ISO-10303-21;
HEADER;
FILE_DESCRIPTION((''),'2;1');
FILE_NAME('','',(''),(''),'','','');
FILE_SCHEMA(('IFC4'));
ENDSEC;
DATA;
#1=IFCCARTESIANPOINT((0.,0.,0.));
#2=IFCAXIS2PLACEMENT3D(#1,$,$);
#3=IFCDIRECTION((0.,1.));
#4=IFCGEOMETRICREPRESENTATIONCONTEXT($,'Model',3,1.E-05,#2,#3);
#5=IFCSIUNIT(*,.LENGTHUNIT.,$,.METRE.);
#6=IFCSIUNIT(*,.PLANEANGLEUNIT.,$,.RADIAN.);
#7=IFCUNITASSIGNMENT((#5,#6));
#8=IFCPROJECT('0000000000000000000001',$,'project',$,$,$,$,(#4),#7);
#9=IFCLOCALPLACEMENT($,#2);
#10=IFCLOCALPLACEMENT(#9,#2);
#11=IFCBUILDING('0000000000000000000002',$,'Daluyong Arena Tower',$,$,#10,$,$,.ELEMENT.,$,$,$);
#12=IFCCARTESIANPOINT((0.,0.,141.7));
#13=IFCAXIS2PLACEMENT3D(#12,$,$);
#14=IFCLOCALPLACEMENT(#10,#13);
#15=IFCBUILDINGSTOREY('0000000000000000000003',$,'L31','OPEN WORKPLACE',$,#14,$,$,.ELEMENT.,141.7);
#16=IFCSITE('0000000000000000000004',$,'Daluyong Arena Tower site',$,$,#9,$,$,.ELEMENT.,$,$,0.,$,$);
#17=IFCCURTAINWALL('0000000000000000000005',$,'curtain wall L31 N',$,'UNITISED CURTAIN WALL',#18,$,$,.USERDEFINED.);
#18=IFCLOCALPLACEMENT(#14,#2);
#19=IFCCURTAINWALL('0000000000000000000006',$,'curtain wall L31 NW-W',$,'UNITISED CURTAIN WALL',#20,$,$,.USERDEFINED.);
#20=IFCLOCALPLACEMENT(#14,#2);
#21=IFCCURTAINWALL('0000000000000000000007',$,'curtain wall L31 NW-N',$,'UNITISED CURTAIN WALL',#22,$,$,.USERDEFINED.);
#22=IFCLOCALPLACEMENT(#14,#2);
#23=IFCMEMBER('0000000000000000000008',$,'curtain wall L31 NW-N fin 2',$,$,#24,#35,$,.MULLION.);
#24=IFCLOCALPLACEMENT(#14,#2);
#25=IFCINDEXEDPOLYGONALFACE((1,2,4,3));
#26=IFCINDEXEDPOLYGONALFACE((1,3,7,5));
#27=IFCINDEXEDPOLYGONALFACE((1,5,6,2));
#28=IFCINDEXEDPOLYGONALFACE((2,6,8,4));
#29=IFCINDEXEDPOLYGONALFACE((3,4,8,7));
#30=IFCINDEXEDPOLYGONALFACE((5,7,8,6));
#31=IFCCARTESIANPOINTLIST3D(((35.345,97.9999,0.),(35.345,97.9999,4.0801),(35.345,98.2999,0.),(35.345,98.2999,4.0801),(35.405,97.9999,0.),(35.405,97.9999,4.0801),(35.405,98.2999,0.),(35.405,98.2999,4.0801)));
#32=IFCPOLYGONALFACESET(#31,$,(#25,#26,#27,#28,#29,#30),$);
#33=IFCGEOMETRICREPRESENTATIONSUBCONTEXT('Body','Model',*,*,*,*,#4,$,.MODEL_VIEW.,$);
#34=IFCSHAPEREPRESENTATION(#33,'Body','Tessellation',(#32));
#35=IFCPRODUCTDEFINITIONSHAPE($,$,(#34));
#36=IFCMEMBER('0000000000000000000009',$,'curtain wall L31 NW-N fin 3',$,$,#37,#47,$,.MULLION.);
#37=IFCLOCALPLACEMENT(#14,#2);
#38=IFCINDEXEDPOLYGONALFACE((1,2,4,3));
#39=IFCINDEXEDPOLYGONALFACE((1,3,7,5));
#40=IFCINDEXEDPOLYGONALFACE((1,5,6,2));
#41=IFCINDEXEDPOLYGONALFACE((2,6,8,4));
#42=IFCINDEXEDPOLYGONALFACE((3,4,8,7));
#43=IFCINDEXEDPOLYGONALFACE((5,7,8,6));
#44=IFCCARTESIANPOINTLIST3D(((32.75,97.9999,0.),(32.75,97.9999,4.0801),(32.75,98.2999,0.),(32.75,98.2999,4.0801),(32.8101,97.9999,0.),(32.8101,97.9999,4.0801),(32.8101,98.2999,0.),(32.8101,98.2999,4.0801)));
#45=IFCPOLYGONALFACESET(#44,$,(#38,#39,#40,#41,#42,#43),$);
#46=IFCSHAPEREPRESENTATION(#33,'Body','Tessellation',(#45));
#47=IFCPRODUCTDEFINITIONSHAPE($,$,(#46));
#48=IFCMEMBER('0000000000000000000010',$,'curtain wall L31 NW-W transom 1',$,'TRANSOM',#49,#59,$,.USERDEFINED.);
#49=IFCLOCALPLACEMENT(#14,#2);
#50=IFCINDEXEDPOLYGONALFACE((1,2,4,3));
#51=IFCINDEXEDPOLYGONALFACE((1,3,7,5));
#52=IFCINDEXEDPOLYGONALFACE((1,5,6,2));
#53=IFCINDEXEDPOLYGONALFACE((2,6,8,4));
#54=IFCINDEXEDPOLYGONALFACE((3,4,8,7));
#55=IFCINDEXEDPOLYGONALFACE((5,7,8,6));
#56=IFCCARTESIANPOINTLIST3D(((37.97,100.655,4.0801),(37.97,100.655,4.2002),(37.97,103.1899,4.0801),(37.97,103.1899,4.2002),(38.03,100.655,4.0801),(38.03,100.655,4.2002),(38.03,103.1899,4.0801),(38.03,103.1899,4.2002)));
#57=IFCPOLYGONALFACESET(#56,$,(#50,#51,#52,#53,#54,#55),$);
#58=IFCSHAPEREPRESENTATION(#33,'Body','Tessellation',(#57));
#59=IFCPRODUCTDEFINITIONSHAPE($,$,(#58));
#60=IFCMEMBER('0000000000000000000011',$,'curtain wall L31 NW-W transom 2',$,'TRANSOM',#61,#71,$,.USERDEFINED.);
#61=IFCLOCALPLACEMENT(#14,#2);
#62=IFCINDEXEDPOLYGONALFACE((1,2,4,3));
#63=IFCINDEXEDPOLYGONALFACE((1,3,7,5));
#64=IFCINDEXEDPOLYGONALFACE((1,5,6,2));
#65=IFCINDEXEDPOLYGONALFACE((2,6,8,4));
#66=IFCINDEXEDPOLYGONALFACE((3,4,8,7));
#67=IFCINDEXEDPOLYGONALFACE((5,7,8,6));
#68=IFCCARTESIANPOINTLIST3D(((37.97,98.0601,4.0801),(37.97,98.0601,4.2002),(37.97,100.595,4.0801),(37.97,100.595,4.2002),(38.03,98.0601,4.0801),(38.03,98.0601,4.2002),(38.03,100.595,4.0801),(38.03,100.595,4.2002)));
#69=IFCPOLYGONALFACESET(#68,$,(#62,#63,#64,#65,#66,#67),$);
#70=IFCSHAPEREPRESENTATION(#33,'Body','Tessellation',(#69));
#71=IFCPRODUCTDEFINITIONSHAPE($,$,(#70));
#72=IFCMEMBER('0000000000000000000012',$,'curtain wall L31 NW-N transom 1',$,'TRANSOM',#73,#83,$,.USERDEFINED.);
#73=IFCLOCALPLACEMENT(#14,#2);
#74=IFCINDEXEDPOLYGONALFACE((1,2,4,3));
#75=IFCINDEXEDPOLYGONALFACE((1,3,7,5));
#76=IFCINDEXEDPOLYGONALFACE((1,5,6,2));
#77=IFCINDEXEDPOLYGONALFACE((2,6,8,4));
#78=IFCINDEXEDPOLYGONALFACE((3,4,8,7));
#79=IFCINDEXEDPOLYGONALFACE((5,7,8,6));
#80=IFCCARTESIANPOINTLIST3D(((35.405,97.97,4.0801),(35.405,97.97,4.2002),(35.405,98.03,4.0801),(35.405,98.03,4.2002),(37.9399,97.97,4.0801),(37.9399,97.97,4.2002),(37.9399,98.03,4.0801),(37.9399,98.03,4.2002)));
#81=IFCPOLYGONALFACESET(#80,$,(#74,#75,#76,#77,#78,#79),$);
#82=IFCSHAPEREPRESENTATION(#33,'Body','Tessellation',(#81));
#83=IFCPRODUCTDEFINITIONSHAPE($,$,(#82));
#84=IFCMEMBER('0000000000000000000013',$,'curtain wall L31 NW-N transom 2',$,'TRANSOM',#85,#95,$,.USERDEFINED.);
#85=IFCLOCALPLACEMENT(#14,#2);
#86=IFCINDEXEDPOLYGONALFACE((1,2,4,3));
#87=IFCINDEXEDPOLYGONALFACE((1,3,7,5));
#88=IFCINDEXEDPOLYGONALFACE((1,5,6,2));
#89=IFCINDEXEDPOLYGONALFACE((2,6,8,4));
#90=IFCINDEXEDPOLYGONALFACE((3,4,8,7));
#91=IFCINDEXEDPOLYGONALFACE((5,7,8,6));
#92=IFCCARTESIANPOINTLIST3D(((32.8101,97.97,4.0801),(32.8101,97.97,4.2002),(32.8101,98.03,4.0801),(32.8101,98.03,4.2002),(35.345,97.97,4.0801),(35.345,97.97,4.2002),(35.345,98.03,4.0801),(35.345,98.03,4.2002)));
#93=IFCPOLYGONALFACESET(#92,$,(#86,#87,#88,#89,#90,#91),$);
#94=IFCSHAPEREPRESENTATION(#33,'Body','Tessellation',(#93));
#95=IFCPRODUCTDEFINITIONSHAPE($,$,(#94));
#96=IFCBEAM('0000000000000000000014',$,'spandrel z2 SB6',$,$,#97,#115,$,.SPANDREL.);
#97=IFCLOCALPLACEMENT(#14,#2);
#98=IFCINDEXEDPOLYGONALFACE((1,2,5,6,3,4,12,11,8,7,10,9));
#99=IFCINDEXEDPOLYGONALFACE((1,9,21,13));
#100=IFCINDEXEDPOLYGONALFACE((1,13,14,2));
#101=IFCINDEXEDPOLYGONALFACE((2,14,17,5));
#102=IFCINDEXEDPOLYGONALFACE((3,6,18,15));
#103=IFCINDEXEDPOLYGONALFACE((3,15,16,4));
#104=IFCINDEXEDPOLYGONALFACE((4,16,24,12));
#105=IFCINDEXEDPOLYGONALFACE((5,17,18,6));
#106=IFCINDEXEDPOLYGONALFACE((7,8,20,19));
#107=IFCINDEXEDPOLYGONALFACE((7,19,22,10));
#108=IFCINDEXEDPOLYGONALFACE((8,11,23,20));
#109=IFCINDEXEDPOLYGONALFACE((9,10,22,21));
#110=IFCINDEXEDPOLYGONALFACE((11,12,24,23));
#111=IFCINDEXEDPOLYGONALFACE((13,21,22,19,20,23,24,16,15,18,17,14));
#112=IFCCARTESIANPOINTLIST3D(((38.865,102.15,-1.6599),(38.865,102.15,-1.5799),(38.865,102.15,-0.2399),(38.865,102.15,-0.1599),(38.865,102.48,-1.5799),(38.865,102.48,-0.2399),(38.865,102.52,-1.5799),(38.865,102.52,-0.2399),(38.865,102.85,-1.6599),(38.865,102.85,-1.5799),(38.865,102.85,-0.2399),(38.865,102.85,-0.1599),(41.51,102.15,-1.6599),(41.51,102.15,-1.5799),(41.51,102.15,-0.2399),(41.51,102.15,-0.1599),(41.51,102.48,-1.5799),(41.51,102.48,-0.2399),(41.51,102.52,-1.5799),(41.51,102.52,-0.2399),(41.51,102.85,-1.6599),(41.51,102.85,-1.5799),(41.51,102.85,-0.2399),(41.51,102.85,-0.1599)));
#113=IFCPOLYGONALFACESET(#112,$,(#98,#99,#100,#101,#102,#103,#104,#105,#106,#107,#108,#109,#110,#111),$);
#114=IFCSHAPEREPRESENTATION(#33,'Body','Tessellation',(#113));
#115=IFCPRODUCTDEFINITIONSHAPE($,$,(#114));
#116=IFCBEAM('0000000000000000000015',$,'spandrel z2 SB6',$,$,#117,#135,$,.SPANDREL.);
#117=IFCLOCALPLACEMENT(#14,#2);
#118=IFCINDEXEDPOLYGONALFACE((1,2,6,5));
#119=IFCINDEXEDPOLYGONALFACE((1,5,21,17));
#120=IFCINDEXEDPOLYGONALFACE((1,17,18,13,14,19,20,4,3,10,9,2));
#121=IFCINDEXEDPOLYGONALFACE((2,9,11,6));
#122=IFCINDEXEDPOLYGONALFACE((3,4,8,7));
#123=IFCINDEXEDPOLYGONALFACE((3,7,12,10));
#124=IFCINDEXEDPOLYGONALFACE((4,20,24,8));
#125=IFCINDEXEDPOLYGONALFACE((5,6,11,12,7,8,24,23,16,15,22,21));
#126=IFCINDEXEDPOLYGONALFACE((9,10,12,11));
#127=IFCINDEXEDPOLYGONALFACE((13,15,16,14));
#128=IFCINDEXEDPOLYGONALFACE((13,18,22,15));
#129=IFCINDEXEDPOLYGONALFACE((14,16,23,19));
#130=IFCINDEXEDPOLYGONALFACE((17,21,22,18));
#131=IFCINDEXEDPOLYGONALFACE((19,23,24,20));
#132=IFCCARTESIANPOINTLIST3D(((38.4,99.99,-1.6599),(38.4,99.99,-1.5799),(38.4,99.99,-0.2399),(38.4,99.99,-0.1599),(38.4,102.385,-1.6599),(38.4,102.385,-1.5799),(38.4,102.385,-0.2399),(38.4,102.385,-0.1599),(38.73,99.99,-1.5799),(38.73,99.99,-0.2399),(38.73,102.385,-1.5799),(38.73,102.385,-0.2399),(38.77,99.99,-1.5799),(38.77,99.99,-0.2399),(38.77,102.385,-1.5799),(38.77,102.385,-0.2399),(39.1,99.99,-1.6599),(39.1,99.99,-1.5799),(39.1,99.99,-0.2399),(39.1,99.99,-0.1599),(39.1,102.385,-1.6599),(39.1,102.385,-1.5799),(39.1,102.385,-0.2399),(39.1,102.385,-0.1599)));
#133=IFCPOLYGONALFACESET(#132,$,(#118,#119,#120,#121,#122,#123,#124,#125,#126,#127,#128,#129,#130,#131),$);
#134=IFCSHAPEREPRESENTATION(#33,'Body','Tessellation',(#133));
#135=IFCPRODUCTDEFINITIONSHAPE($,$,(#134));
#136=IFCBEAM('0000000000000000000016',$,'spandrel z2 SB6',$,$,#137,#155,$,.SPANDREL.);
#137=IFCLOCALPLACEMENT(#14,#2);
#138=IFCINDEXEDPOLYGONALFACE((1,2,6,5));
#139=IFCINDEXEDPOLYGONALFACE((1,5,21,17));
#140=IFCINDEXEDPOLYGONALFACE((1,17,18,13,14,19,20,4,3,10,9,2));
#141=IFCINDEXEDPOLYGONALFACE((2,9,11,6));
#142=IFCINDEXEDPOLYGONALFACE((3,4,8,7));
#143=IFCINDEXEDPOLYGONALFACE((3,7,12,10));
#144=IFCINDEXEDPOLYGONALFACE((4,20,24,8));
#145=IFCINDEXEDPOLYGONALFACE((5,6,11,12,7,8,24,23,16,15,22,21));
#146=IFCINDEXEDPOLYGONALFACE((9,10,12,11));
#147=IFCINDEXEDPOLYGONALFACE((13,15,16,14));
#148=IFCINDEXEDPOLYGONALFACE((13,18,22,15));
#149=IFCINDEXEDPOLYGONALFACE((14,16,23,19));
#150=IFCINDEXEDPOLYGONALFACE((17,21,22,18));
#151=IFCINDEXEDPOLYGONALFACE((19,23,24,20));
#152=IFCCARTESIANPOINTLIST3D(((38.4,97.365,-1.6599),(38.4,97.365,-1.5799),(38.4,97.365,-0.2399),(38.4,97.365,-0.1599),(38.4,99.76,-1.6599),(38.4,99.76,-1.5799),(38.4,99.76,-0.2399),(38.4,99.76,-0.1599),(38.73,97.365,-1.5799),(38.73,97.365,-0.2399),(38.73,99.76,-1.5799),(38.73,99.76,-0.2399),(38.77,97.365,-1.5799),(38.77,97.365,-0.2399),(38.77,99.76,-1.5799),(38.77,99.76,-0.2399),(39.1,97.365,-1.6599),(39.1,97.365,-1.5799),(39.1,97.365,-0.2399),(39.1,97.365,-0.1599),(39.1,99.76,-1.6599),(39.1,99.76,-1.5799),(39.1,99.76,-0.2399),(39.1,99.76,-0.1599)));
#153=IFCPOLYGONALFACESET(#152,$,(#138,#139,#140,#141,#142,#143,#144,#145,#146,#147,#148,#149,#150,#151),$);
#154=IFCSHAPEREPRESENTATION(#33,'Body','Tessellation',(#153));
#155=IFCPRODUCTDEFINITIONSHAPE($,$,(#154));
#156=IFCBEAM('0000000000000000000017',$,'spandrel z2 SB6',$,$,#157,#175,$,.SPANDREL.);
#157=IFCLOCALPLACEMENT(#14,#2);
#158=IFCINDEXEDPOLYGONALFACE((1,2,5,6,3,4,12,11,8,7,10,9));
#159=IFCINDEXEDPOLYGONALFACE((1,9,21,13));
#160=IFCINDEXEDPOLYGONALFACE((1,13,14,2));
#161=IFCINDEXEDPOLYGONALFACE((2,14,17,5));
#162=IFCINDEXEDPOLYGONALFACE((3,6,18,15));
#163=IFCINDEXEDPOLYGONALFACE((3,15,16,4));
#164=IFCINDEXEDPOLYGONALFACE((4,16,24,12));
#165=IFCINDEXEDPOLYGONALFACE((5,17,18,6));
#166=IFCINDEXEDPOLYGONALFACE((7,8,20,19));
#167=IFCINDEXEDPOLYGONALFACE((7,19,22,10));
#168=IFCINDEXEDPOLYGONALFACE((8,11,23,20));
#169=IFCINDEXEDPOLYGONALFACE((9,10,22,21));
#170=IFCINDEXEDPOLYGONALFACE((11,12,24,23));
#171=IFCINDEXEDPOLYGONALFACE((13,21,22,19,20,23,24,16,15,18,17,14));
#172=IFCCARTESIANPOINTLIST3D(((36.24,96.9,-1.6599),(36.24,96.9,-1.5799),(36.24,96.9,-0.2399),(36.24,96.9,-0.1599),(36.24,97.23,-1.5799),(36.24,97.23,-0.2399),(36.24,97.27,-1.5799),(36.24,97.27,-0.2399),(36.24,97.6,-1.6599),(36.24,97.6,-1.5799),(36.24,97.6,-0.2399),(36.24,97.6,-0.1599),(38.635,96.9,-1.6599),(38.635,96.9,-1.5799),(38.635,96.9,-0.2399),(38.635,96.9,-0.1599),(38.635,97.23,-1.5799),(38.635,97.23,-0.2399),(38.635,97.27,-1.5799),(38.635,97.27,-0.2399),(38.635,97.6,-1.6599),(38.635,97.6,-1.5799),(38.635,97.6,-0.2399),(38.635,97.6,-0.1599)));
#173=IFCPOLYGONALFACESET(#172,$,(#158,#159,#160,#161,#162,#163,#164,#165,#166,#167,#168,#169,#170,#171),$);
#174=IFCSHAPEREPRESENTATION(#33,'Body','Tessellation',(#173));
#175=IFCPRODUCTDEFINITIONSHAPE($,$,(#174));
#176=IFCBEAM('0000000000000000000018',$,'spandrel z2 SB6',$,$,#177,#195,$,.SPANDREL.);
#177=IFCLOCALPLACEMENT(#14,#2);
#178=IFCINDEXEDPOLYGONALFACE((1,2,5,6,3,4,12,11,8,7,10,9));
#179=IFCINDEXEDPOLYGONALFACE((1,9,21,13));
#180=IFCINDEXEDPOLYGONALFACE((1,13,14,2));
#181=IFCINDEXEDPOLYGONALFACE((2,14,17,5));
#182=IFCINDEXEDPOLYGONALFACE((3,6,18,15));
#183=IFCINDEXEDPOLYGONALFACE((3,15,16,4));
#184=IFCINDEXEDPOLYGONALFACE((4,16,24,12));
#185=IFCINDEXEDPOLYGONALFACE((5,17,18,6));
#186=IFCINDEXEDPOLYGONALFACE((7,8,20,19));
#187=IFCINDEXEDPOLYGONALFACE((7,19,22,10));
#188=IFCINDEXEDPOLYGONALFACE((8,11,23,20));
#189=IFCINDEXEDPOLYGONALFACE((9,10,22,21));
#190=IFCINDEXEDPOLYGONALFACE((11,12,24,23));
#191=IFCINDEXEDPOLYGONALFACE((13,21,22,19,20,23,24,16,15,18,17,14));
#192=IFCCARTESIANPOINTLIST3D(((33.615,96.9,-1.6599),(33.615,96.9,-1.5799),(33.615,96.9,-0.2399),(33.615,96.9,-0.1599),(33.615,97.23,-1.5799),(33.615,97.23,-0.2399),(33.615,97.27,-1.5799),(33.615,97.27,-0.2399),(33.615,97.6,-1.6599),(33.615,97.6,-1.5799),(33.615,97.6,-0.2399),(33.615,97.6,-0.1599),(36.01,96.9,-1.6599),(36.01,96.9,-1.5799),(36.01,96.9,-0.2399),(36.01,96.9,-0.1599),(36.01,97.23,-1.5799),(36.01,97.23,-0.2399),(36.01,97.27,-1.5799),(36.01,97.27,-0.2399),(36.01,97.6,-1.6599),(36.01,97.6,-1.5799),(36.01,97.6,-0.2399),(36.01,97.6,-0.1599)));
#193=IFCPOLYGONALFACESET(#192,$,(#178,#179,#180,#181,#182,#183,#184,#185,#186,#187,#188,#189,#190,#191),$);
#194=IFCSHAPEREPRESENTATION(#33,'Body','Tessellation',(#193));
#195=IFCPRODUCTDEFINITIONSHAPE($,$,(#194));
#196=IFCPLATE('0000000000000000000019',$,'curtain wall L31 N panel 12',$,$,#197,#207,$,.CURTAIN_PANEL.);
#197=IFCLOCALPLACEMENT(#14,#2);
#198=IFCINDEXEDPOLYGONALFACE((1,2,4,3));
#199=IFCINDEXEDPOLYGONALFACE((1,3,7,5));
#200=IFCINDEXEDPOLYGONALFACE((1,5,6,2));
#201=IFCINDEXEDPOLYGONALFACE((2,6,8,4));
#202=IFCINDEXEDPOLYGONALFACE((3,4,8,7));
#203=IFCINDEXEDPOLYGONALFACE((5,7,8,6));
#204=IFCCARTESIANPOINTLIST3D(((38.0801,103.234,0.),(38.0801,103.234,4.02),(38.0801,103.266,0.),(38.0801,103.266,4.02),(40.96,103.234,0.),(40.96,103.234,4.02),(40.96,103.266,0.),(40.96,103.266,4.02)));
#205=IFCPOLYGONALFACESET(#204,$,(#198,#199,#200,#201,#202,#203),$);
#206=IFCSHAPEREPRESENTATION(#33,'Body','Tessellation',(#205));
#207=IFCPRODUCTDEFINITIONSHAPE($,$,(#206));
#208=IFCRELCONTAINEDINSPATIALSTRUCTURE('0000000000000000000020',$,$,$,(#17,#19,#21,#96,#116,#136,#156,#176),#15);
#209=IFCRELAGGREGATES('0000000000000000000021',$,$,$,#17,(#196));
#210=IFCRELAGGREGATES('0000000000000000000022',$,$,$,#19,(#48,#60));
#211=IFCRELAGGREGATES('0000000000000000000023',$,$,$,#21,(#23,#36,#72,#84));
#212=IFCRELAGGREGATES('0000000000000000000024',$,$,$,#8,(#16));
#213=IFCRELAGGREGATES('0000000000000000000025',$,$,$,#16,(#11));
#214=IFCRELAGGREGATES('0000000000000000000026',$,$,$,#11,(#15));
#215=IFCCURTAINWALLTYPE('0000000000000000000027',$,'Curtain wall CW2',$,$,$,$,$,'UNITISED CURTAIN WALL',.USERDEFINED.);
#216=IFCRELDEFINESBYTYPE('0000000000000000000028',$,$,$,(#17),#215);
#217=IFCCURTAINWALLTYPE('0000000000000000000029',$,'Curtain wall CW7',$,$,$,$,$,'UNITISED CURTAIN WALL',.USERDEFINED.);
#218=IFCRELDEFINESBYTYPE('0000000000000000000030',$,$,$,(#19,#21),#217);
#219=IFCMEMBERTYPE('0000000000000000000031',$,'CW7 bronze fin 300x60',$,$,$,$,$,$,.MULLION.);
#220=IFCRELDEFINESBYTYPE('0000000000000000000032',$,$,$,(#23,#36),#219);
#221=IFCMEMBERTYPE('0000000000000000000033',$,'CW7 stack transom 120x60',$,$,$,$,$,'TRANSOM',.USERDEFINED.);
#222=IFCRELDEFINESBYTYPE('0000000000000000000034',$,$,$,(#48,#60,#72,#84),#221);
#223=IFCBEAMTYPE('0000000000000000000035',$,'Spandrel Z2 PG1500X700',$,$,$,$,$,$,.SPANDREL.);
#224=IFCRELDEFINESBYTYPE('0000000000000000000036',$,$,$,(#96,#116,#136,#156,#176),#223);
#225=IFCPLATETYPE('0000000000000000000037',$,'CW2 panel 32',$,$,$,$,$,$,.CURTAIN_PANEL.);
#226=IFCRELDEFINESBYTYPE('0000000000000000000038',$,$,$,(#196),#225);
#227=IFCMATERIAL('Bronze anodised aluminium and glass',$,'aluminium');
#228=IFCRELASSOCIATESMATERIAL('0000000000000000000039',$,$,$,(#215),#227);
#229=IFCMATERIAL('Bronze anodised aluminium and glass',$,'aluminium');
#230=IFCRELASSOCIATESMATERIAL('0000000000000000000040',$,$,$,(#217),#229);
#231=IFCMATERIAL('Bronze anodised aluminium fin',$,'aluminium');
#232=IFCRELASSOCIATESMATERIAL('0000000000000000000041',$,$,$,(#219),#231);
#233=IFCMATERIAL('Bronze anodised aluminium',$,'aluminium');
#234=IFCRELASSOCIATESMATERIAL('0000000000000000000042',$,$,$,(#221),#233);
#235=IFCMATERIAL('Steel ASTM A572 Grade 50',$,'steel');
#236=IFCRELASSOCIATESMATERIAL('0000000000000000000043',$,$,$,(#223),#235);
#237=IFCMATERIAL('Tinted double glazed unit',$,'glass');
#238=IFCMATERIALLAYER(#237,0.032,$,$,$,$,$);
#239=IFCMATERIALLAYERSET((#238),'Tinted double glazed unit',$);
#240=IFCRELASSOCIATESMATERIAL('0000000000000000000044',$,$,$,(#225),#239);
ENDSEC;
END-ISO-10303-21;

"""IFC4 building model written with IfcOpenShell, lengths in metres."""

from ifc_helpers import new_model, si_unit, direction, frame, origin, origin_2d, place, context, subcontext, project, spatial, rectangle, i_section, extrude, material, layer, layer_set, material_profile, profile_set, type_object, element, aggregate, save


model = new_model("IFC4")

# Units and contexts
model_context = context("Model", 3, precision=1e-05, world=origin(), true_north=direction((0.0, 1.0)))
body_context = subcontext(model_context, "Body", "Model", "MODEL_VIEW")
ifc_project = project(units=[si_unit("LENGTHUNIT", "METRE"), si_unit("PLANEANGLEUNIT", "RADIAN")], contexts=[model_context])

# Site, building, storey
site_placement = place(None, origin())
site = spatial("IfcSite", under=ifc_project, at=site_placement, Name="Daluyong Arena Tower site", CompositionType="ELEMENT", RefElevation=0.0)
building_placement = place(site_placement, origin())
building = spatial("IfcBuilding", under=site, at=building_placement, Name="Daluyong Arena Tower", CompositionType="ELEMENT")
storey_placement = place(building_placement, frame((0.0, 0.0, 141.7)))
storey = spatial("IfcBuildingStorey", under=building, at=storey_placement, Name="L31", Description="OPEN WORKPLACE", CompositionType="ELEMENT", Elevation=141.7)

# Curtain wall
ifc_material_1 = material(Name="Bronze anodised aluminium and glass", Category="aluminium")
curtain_wall_type_1 = type_object("IfcCurtainWallType", Name="Curtain wall CW2", ElementType="UNITISED CURTAIN WALL", PredefinedType="USERDEFINED", material=ifc_material_1)
curtain_wall_1_placement = place(storey_placement, origin())
curtain_wall_1 = element("IfcCurtainWall", 1, at=curtain_wall_1_placement, inside=storey, type_object=curtain_wall_type_1, Name="curtain wall L31 N", ObjectType="UNITISED CURTAIN WALL", PredefinedType="USERDEFINED")

# Curtain walls, members
ifc_material_2 = material(Name="Bronze anodised aluminium and glass", Category="aluminium")
curtain_wall_type_2 = type_object("IfcCurtainWallType", Name="Curtain wall CW7", ElementType="UNITISED CURTAIN WALL", PredefinedType="USERDEFINED", material=ifc_material_2)
curtain_wall_2_placement = place(storey_placement, origin())
curtain_wall_2 = element("IfcCurtainWall", 2, at=curtain_wall_2_placement, inside=storey, type_object=curtain_wall_type_2, Name="curtain wall L31 NW-W", ObjectType="UNITISED CURTAIN WALL", PredefinedType="USERDEFINED")
ifc_material_3 = material(Name="Bronze anodised aluminium fin", Category="aluminium")
ifc_material_profile_1 = material_profile(ifc_material_3, rectangle(XDim=0.3, YDim=0.0601, at=origin_2d()))
ifc_profile_set_1 = profile_set([ifc_material_profile_1], Name="Bronze anodised aluminium fin")
member_type_1 = type_object("IfcMemberType", Name="CW7 bronze fin 300x60", PredefinedType="MULLION", material=ifc_profile_set_1)
curtain_wall_3_placement = place(storey_placement, origin())
curtain_wall_3 = element("IfcCurtainWall", 3, at=curtain_wall_3_placement, inside=storey, type_object=curtain_wall_type_2, Name="curtain wall L31 NW-N", ObjectType="UNITISED CURTAIN WALL", PredefinedType="USERDEFINED")
member_1_placement = place(storey_placement, frame((35.375, 98.1499, 0.0), z_axis=(0.0, 0.0, 1.0), x_axis=(0.0, -1.0, 0.0)))
member_1 = element("IfcMember", 4, at=member_1_placement, type_object=member_type_1, Name="curtain wall L31 NW-N fin 2", PredefinedType="MULLION", context=body_context, shape_type="SweptSolid", body=[
    extrude(rectangle(XDim=0.3, YDim=0.0601, at=origin_2d()), origin(), (0.0, 0.0, 1.0), 4.0801),
])
member_2_placement = place(storey_placement, frame((32.78, 98.1499, 0.0), z_axis=(0.0, 0.0, 1.0), x_axis=(0.0, -1.0, 0.0)))
member_2 = element("IfcMember", 5, at=member_2_placement, type_object=member_type_1, Name="curtain wall L31 NW-N fin 3", PredefinedType="MULLION", context=body_context, shape_type="SweptSolid", body=[
    extrude(rectangle(XDim=0.3, YDim=0.0601, at=origin_2d()), origin(), (0.0, 0.0, 1.0), 4.0801),
])

# Members
ifc_material_4 = material(Name="Bronze anodised aluminium", Category="aluminium")
ifc_material_profile_2 = material_profile(ifc_material_4, rectangle(XDim=0.0601, YDim=0.1201, at=origin_2d()))
ifc_profile_set_2 = profile_set([ifc_material_profile_2], Name="Bronze anodised aluminium")
member_type_2 = type_object("IfcMemberType", Name="CW7 stack transom 120x60", ElementType="TRANSOM", PredefinedType="USERDEFINED", material=ifc_profile_set_2)
member_3_placement = place(storey_placement, frame((38.0, 103.1899, 4.1401), z_axis=(0.0, -1.0, 0.0), x_axis=(1.0, 0.0, 0.0)))
member_3 = element("IfcMember", 6, at=member_3_placement, type_object=member_type_2, Name="curtain wall L31 NW-W transom 1", ObjectType="TRANSOM", PredefinedType="USERDEFINED", context=body_context, shape_type="SweptSolid", body=[
    extrude(rectangle(XDim=0.0601, YDim=0.1201, at=origin_2d()), origin(), (0.0, 0.0, 1.0), 2.5349),
])
member_4_placement = place(storey_placement, frame((38.0, 100.595, 4.1401), z_axis=(0.0, -1.0, 0.0), x_axis=(1.0, 0.0, 0.0)))
member_4 = element("IfcMember", 7, at=member_4_placement, type_object=member_type_2, Name="curtain wall L31 NW-W transom 2", ObjectType="TRANSOM", PredefinedType="USERDEFINED", context=body_context, shape_type="SweptSolid", body=[
    extrude(rectangle(XDim=0.0601, YDim=0.1201, at=origin_2d()), origin(), (0.0, 0.0, 1.0), 2.5349),
])
member_5_placement = place(storey_placement, frame((37.9399, 98.0, 4.1401), z_axis=(-1.0, 0.0, 0.0), x_axis=(0.0, -1.0, 0.0)))
member_5 = element("IfcMember", 8, at=member_5_placement, type_object=member_type_2, Name="curtain wall L31 NW-N transom 1", ObjectType="TRANSOM", PredefinedType="USERDEFINED", context=body_context, shape_type="SweptSolid", body=[
    extrude(rectangle(XDim=0.0601, YDim=0.1201, at=origin_2d()), origin(), (0.0, 0.0, 1.0), 2.5349),
])
member_6_placement = place(storey_placement, frame((35.345, 98.0, 4.1401), z_axis=(-1.0, 0.0, 0.0), x_axis=(0.0, -1.0, 0.0)))
member_6 = element("IfcMember", 9, at=member_6_placement, type_object=member_type_2, Name="curtain wall L31 NW-N transom 2", ObjectType="TRANSOM", PredefinedType="USERDEFINED", context=body_context, shape_type="SweptSolid", body=[
    extrude(rectangle(XDim=0.0601, YDim=0.1201, at=origin_2d()), origin(), (0.0, 0.0, 1.0), 2.5349),
])

# Beams
ifc_material_5 = material(Name="Steel ASTM A572 Grade 50", Category="steel")
ifc_material_profile_3 = material_profile(ifc_material_5, i_section(OverallWidth=0.7, OverallDepth=1.5, WebThickness=0.04, FlangeThickness=0.08, at=origin_2d()))
ifc_profile_set_3 = profile_set([ifc_material_profile_3], Name="Steel ASTM A572 Grade 50")
beam_type = type_object("IfcBeamType", Name="Spandrel Z2 PG1500X700", PredefinedType="SPANDREL", material=ifc_profile_set_3)
beam_placement = place(storey_placement, frame((41.51, 102.5, -0.9099), z_axis=(-1.0, 0.0, 0.0), x_axis=(0.0, -1.0, 0.0)))
element("IfcBeam", 10, at=beam_placement, inside=storey, type_object=beam_type, Name="spandrel z2 SB6", PredefinedType="SPANDREL", context=body_context, shape_type="SweptSolid", body=[
    extrude(i_section(OverallWidth=0.7, OverallDepth=1.5, WebThickness=0.04, FlangeThickness=0.08, at=origin_2d()), origin(), (0.0, 0.0, 1.0), 2.645),
])
for number, where, z_axis, x_axis, name in (
    (11, (38.75, 102.385, -0.9099), (0.0, -1.0, 0.0), (1.0, 0.0, 0.0), "spandrel z2 SB6"),
    (12, (38.75, 99.76, -0.9099), (0.0, -1.0, 0.0), (1.0, 0.0, 0.0), "spandrel z2 SB6"),
    (13, (38.635, 97.25, -0.9099), (-1.0, 0.0, 0.0), (0.0, -1.0, 0.0), "spandrel z2 SB6"),
    (14, (36.01, 97.25, -0.9099), (-1.0, 0.0, 0.0), (0.0, -1.0, 0.0), "spandrel z2 SB6"),
):
    element("IfcBeam", number, at=place(storey_placement, frame(where, z_axis=z_axis, x_axis=x_axis)), inside=storey, type_object=beam_type, Name=name, PredefinedType="SPANDREL", context=body_context, shape_type="SweptSolid", body=[
        extrude(i_section(OverallWidth=0.7, OverallDepth=1.5, WebThickness=0.04, FlangeThickness=0.08, at=origin_2d()), origin(), (0.0, 0.0, 1.0), 2.395),
    ])

# Plate
ifc_material_6 = material(Name="Tinted double glazed unit", Category="glass")
ifc_layer_1 = layer(ifc_material_6, 0.032)
ifc_layer_set_1 = layer_set([ifc_layer_1], Name="Tinted double glazed unit")
plate_type_1 = type_object("IfcPlateType", Name="CW2 panel 32", PredefinedType="CURTAIN_PANEL", material=ifc_layer_set_1)
plate_1_placement = place(storey_placement, frame((39.52, 103.25, 0.0), z_axis=(0.0, 0.0, 1.0), x_axis=(-1.0, 0.0, 0.0)))
plate_1 = element("IfcPlate", 15, at=plate_1_placement, type_object=plate_type_1, Name="curtain wall L31 N panel 12", PredefinedType="CURTAIN_PANEL", context=body_context, shape_type="SweptSolid", body=[
    extrude(rectangle(XDim=2.8799, YDim=0.032, at=origin_2d()), origin(), (0.0, 0.0, 1.0), 4.02),
])
aggregate(curtain_wall_1, [plate_1])
aggregate(curtain_wall_2, [member_3, member_4])
aggregate(curtain_wall_3, [member_1, member_2, member_5, member_6])

save(model, "model.ifc")
